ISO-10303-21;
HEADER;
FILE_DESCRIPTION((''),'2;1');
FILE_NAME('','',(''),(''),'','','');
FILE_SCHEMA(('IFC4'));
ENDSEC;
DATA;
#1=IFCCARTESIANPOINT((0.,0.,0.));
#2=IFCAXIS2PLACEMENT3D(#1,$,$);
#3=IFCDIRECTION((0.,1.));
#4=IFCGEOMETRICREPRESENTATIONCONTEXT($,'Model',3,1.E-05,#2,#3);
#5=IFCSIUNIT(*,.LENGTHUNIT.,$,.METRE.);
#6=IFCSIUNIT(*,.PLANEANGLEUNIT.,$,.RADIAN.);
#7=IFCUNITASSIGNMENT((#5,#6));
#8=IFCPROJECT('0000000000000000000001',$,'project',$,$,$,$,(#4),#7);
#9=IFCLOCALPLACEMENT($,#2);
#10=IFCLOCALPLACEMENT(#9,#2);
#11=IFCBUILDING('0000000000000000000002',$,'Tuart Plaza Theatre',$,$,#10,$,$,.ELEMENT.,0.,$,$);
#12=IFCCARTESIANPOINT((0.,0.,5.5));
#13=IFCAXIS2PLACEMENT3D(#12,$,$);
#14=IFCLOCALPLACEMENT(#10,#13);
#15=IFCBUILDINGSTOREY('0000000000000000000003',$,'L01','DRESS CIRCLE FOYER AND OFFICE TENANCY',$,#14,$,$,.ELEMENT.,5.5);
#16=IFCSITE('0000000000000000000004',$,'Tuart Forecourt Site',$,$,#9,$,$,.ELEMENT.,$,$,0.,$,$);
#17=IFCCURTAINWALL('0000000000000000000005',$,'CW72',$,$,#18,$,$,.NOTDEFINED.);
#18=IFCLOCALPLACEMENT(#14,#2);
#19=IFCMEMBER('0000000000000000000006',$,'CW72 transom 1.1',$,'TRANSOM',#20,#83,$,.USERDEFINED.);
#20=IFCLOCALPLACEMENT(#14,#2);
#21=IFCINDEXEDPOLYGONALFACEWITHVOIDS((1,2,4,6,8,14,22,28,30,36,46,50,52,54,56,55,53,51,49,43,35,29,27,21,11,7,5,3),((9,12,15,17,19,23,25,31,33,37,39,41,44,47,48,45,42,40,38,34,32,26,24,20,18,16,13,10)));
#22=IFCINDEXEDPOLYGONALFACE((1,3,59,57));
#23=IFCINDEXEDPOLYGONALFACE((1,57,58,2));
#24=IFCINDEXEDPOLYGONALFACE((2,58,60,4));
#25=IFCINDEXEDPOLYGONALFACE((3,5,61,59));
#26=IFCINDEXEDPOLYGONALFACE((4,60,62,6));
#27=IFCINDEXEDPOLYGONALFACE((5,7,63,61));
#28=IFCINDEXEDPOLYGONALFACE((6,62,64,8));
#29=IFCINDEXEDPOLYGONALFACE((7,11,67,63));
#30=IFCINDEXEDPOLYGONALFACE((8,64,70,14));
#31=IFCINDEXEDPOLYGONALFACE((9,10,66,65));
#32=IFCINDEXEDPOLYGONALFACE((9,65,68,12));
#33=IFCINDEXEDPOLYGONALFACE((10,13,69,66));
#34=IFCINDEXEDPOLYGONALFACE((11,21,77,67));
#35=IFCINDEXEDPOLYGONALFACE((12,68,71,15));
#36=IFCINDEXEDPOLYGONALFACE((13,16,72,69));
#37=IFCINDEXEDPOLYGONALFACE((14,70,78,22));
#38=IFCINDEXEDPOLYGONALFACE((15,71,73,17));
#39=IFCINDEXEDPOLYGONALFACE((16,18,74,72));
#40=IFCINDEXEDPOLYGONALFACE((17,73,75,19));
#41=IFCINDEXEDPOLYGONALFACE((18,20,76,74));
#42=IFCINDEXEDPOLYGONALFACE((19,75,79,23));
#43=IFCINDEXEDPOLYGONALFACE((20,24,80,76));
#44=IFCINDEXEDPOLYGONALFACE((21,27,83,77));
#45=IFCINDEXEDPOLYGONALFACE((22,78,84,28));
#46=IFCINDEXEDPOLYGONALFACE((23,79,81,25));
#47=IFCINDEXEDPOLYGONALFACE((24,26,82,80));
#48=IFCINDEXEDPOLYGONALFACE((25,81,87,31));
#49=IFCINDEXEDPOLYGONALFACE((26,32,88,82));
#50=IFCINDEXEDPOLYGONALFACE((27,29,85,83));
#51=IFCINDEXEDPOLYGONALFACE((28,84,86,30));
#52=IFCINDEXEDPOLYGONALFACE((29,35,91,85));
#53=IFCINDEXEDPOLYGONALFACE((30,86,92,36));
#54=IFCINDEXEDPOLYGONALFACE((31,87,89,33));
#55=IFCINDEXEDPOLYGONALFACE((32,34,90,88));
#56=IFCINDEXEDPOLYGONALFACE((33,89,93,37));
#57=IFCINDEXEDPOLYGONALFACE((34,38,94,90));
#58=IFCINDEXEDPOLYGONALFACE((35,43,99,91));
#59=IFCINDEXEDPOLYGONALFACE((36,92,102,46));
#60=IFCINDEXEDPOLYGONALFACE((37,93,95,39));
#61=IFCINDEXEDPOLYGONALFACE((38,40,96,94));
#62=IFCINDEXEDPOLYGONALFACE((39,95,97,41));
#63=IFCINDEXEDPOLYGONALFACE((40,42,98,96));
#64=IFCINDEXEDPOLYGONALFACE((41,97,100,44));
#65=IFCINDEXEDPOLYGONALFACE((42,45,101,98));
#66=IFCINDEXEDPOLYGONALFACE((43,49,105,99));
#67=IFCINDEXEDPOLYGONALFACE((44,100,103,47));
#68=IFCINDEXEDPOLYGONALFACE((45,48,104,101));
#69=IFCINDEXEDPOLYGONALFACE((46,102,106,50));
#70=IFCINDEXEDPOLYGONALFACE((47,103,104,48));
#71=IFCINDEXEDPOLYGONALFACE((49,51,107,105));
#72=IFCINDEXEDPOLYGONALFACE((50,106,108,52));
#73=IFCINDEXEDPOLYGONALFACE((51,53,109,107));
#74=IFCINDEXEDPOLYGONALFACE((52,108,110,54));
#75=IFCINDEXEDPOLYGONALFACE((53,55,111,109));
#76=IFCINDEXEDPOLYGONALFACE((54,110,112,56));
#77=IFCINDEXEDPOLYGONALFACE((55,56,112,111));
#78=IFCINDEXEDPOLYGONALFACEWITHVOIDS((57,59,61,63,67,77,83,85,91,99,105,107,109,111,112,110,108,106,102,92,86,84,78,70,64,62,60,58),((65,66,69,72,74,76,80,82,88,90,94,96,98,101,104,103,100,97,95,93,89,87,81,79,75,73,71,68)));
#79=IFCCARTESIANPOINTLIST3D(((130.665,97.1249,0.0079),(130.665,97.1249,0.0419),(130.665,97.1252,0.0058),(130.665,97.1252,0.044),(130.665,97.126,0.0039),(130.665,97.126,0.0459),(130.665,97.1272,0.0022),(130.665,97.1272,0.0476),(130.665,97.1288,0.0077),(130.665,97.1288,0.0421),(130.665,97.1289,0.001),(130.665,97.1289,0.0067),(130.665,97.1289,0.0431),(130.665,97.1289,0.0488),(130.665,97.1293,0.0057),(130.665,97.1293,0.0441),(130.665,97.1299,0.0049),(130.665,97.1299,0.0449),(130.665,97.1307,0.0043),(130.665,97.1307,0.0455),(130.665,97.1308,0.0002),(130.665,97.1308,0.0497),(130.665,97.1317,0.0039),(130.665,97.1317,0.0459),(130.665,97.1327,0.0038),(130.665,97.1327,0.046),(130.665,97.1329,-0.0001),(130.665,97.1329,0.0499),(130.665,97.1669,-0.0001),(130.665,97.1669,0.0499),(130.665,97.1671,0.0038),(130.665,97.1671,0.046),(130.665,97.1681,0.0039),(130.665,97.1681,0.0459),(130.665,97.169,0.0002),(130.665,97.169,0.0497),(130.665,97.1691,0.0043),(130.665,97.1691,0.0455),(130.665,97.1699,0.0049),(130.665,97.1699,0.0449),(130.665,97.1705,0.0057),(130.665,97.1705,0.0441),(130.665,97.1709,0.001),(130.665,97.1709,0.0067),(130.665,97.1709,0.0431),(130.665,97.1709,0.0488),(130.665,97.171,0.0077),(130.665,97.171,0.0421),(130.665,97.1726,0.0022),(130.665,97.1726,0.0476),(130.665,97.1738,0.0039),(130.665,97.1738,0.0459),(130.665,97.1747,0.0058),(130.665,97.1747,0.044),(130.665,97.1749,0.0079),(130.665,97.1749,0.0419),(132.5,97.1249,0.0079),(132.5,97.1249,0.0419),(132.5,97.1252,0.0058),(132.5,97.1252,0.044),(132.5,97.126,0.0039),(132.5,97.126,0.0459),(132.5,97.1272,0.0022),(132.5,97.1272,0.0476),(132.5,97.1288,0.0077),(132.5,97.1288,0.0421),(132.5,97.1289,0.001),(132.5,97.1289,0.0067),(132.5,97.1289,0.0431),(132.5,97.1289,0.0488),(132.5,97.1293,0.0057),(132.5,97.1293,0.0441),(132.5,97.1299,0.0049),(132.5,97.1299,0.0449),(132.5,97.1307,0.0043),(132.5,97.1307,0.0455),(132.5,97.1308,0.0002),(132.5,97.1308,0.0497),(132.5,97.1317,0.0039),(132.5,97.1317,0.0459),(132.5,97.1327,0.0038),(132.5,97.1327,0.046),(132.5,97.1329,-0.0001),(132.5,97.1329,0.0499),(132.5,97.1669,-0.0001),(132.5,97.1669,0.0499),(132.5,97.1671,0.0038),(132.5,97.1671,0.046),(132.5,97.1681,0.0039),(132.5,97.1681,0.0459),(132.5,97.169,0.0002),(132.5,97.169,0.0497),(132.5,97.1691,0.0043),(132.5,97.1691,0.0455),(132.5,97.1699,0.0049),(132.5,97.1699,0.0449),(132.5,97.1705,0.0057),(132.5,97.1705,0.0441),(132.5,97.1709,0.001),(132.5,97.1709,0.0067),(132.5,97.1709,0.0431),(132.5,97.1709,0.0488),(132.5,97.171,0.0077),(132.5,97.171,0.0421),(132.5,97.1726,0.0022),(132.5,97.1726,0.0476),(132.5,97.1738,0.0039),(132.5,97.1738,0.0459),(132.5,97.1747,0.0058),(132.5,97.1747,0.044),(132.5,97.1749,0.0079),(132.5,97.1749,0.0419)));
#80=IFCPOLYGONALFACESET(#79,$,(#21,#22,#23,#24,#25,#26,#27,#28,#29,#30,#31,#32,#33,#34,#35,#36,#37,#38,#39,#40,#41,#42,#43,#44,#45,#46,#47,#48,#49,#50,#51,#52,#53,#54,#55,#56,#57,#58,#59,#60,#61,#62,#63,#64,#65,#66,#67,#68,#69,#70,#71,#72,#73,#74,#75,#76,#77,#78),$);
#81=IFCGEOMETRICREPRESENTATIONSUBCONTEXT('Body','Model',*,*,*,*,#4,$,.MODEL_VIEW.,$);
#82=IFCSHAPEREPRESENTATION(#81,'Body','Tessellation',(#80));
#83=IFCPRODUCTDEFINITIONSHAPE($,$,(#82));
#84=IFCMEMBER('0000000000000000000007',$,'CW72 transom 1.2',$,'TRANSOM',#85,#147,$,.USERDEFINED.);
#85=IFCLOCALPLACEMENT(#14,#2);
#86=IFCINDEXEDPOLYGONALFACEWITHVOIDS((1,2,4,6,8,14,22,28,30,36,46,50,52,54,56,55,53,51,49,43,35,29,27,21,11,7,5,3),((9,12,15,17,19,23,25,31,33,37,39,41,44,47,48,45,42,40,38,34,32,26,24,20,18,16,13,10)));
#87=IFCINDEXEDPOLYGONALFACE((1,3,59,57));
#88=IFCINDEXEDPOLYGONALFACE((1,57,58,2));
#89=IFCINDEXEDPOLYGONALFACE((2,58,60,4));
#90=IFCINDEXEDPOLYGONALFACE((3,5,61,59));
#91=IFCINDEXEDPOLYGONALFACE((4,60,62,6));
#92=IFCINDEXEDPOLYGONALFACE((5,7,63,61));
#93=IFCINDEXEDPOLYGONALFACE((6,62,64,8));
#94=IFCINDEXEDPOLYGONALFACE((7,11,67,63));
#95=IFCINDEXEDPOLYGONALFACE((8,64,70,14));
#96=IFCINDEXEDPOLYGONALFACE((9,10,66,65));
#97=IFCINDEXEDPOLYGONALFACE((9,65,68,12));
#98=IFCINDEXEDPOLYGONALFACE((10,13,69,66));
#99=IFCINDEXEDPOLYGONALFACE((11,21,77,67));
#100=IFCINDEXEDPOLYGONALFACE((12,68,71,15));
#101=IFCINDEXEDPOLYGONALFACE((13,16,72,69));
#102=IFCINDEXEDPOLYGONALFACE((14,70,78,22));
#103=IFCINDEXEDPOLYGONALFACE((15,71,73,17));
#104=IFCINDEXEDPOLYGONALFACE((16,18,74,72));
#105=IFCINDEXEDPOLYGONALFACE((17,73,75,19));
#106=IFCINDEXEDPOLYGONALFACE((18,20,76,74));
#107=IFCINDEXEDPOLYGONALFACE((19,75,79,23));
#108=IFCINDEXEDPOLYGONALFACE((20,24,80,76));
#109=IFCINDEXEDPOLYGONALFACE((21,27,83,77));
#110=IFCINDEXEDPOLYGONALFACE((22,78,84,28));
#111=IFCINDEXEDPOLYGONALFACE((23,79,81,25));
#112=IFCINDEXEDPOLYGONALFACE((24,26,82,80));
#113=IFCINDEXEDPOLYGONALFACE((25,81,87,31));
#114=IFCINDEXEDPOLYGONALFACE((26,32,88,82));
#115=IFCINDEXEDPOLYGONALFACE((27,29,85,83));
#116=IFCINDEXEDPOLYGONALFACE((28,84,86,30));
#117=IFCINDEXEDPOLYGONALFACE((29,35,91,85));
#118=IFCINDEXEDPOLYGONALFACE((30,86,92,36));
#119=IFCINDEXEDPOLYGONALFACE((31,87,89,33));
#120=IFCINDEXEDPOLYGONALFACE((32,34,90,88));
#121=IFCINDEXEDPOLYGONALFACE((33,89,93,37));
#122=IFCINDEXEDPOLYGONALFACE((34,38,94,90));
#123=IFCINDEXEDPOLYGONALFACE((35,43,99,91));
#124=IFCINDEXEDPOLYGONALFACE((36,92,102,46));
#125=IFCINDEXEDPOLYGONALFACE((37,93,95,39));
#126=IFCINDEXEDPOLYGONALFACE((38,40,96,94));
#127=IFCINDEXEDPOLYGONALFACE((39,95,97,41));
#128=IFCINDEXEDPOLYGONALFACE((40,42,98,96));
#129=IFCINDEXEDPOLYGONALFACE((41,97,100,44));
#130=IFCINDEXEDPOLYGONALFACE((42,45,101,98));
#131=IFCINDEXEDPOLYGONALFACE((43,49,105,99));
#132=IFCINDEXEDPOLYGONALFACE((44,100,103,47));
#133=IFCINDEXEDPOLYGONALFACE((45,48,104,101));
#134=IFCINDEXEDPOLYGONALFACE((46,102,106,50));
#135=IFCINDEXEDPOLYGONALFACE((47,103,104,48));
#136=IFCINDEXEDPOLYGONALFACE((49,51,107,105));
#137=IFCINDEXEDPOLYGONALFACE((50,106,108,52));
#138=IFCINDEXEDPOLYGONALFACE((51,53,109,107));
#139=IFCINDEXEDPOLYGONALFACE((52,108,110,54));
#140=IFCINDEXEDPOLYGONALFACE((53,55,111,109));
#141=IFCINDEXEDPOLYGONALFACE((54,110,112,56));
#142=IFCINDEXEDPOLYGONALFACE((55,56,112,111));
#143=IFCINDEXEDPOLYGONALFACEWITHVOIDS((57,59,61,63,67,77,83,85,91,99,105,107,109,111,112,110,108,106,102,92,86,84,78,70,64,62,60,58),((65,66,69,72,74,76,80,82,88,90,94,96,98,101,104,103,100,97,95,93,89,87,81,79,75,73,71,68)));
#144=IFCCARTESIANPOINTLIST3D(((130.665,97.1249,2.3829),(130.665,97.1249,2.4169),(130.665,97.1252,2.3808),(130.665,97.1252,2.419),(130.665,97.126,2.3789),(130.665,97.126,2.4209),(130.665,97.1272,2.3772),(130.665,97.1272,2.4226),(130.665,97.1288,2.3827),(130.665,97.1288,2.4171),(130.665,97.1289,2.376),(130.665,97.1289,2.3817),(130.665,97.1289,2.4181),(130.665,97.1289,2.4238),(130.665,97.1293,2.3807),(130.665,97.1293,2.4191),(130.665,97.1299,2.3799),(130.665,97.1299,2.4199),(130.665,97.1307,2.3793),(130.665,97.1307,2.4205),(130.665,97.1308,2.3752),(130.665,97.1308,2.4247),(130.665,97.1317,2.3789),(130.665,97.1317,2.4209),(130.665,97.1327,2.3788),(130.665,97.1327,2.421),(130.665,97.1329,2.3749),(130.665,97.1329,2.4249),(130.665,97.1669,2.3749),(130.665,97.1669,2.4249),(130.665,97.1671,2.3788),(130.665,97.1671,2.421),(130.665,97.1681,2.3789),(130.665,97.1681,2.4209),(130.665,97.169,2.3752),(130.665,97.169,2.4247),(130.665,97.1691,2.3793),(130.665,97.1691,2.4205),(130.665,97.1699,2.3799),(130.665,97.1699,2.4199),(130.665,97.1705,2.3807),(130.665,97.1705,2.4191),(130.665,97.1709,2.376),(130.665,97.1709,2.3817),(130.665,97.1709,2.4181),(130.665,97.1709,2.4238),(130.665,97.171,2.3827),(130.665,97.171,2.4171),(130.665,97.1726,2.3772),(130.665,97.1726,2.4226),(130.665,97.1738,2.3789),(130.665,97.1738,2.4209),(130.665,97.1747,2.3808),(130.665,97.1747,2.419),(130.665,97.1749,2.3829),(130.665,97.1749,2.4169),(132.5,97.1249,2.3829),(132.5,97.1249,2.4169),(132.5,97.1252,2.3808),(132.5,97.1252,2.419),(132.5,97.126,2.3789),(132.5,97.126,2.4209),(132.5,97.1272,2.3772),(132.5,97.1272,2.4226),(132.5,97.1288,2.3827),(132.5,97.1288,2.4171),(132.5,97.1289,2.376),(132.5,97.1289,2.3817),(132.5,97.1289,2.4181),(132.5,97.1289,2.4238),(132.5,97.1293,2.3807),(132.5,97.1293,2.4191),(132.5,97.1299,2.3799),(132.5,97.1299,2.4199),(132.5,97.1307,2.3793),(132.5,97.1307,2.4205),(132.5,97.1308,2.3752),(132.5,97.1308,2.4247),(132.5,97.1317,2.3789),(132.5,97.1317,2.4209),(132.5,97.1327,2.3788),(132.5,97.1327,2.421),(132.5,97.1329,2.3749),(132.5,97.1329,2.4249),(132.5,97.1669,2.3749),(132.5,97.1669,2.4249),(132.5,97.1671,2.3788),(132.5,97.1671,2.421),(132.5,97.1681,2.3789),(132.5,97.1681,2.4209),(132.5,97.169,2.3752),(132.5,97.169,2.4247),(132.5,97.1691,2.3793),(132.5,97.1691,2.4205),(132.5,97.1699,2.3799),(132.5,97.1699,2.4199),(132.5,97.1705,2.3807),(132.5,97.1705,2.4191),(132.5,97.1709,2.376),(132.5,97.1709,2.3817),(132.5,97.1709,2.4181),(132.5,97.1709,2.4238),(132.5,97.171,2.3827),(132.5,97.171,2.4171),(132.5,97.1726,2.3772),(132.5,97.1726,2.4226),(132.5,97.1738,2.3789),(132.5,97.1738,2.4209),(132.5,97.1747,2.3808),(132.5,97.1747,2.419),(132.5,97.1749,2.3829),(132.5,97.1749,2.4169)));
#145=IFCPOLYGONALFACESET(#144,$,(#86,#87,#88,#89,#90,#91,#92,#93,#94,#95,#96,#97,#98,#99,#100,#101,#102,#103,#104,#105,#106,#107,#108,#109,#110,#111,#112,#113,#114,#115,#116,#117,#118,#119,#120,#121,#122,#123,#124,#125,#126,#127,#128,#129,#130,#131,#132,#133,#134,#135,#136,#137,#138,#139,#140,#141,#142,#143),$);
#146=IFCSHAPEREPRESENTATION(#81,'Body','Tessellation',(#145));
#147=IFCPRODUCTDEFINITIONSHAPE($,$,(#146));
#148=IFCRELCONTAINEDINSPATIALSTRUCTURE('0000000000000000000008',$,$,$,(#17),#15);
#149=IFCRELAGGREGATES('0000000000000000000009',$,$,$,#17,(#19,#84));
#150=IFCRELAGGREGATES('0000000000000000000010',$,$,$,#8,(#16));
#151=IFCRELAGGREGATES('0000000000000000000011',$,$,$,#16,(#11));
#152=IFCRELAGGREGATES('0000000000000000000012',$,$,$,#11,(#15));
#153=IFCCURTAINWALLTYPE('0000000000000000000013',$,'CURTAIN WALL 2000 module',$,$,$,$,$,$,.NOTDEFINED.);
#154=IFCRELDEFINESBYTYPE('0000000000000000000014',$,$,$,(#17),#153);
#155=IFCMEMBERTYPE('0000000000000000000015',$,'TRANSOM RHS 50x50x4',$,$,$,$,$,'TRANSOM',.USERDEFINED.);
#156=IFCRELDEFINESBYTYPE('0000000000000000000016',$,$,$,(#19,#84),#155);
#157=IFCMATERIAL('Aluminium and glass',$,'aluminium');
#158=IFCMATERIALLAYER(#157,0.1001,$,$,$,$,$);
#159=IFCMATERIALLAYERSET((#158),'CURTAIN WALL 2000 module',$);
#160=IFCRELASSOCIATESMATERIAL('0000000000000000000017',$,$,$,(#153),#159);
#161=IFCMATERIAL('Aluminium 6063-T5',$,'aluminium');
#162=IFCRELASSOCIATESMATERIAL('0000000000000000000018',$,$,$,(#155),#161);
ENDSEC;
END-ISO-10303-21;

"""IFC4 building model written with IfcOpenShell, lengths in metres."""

from ifc_helpers import new_model, si_unit, direction, frame, origin, origin_2d, place, context, subcontext, project, spatial, hollow_rectangle, extrude, material, layer, layer_set, material_profile, profile_set, type_object, element, aggregate, save


model = new_model("IFC4")

# Units and contexts
model_context = context("Model", 3, precision=1e-05, world=origin(), true_north=direction((0.0, 1.0)))
body_context = subcontext(model_context, "Body", "Model", "MODEL_VIEW")
ifc_project = project(units=[si_unit("LENGTHUNIT", "METRE"), si_unit("PLANEANGLEUNIT", "RADIAN")], contexts=[model_context])

# Site, building, storey
site_placement = place(None, origin())
site = spatial("IfcSite", under=ifc_project, at=site_placement, Name="Tuart Forecourt Site", CompositionType="ELEMENT", RefElevation=0.0)
building_placement = place(site_placement, origin())
building = spatial("IfcBuilding", under=site, at=building_placement, Name="Tuart Plaza Theatre", CompositionType="ELEMENT", ElevationOfRefHeight=0.0)
storey_placement = place(building_placement, frame((0.0, 0.0, 5.5)))
storey = spatial("IfcBuildingStorey", under=building, at=storey_placement, Name="L01", Description="DRESS CIRCLE FOYER AND OFFICE TENANCY", CompositionType="ELEMENT", Elevation=5.5)

# Shared definitions
ifc_material_1 = material(Name="Aluminium and glass", Category="aluminium")
ifc_layer_1 = layer(ifc_material_1, 0.1001)
ifc_layer_set_1 = layer_set([ifc_layer_1], Name="CURTAIN WALL 2000 module")
curtain_wall_type = type_object("IfcCurtainWallType", Name="CURTAIN WALL 2000 module", PredefinedType="NOTDEFINED", material=ifc_layer_set_1)

# Curtain wall
curtain_wall_1_placement = place(storey_placement, origin())
curtain_wall_1 = element("IfcCurtainWall", 1, at=curtain_wall_1_placement, inside=storey, type_object=curtain_wall_type, Name="CW72", PredefinedType="NOTDEFINED")

# Members
ifc_material_2 = material(Name="Aluminium 6063-T5", Category="aluminium")
ifc_material_profile_1 = material_profile(ifc_material_2, hollow_rectangle(XDim=0.05, YDim=0.05, WallThickness=0.0039, InnerFilletRadius=0.0039, OuterFilletRadius=0.0081, at=origin_2d()), Name="RHS 50x50x4")
ifc_profile_set_1 = profile_set([ifc_material_profile_1], Name="Aluminium 6063-T5")
member_type_1 = type_object("IfcMemberType", Name="TRANSOM RHS 50x50x4", ElementType="TRANSOM", PredefinedType="USERDEFINED", material=ifc_profile_set_1)
member_1_placement = place(storey_placement, frame((132.5, 97.1499, 0.0249), z_axis=(-1.0, 0.0, 0.0), x_axis=(0.0, -1.0, 0.0)))
member_1 = element("IfcMember", 2, at=member_1_placement, type_object=member_type_1, Name="CW72 transom 1.1", ObjectType="TRANSOM", PredefinedType="USERDEFINED", context=body_context, shape_type="SweptSolid", body=[
    extrude(hollow_rectangle(XDim=0.05, YDim=0.05, WallThickness=0.0039, InnerFilletRadius=0.0039, OuterFilletRadius=0.0081, at=origin_2d()), origin(), (0.0, 0.0, 1.0), 1.835),
])
member_2_placement = place(storey_placement, frame((132.5, 97.1499, 2.3999), z_axis=(-1.0, 0.0, 0.0), x_axis=(0.0, -1.0, 0.0)))
member_2 = element("IfcMember", 3, at=member_2_placement, type_object=member_type_1, Name="CW72 transom 1.2", ObjectType="TRANSOM", PredefinedType="USERDEFINED", context=body_context, shape_type="SweptSolid", body=[
    extrude(hollow_rectangle(XDim=0.05, YDim=0.05, WallThickness=0.0039, InnerFilletRadius=0.0039, OuterFilletRadius=0.0081, at=origin_2d()), origin(), (0.0, 0.0, 1.0), 1.835),
])

aggregate(curtain_wall_1, [member_1, member_2])

save(model, "model.ifc")
